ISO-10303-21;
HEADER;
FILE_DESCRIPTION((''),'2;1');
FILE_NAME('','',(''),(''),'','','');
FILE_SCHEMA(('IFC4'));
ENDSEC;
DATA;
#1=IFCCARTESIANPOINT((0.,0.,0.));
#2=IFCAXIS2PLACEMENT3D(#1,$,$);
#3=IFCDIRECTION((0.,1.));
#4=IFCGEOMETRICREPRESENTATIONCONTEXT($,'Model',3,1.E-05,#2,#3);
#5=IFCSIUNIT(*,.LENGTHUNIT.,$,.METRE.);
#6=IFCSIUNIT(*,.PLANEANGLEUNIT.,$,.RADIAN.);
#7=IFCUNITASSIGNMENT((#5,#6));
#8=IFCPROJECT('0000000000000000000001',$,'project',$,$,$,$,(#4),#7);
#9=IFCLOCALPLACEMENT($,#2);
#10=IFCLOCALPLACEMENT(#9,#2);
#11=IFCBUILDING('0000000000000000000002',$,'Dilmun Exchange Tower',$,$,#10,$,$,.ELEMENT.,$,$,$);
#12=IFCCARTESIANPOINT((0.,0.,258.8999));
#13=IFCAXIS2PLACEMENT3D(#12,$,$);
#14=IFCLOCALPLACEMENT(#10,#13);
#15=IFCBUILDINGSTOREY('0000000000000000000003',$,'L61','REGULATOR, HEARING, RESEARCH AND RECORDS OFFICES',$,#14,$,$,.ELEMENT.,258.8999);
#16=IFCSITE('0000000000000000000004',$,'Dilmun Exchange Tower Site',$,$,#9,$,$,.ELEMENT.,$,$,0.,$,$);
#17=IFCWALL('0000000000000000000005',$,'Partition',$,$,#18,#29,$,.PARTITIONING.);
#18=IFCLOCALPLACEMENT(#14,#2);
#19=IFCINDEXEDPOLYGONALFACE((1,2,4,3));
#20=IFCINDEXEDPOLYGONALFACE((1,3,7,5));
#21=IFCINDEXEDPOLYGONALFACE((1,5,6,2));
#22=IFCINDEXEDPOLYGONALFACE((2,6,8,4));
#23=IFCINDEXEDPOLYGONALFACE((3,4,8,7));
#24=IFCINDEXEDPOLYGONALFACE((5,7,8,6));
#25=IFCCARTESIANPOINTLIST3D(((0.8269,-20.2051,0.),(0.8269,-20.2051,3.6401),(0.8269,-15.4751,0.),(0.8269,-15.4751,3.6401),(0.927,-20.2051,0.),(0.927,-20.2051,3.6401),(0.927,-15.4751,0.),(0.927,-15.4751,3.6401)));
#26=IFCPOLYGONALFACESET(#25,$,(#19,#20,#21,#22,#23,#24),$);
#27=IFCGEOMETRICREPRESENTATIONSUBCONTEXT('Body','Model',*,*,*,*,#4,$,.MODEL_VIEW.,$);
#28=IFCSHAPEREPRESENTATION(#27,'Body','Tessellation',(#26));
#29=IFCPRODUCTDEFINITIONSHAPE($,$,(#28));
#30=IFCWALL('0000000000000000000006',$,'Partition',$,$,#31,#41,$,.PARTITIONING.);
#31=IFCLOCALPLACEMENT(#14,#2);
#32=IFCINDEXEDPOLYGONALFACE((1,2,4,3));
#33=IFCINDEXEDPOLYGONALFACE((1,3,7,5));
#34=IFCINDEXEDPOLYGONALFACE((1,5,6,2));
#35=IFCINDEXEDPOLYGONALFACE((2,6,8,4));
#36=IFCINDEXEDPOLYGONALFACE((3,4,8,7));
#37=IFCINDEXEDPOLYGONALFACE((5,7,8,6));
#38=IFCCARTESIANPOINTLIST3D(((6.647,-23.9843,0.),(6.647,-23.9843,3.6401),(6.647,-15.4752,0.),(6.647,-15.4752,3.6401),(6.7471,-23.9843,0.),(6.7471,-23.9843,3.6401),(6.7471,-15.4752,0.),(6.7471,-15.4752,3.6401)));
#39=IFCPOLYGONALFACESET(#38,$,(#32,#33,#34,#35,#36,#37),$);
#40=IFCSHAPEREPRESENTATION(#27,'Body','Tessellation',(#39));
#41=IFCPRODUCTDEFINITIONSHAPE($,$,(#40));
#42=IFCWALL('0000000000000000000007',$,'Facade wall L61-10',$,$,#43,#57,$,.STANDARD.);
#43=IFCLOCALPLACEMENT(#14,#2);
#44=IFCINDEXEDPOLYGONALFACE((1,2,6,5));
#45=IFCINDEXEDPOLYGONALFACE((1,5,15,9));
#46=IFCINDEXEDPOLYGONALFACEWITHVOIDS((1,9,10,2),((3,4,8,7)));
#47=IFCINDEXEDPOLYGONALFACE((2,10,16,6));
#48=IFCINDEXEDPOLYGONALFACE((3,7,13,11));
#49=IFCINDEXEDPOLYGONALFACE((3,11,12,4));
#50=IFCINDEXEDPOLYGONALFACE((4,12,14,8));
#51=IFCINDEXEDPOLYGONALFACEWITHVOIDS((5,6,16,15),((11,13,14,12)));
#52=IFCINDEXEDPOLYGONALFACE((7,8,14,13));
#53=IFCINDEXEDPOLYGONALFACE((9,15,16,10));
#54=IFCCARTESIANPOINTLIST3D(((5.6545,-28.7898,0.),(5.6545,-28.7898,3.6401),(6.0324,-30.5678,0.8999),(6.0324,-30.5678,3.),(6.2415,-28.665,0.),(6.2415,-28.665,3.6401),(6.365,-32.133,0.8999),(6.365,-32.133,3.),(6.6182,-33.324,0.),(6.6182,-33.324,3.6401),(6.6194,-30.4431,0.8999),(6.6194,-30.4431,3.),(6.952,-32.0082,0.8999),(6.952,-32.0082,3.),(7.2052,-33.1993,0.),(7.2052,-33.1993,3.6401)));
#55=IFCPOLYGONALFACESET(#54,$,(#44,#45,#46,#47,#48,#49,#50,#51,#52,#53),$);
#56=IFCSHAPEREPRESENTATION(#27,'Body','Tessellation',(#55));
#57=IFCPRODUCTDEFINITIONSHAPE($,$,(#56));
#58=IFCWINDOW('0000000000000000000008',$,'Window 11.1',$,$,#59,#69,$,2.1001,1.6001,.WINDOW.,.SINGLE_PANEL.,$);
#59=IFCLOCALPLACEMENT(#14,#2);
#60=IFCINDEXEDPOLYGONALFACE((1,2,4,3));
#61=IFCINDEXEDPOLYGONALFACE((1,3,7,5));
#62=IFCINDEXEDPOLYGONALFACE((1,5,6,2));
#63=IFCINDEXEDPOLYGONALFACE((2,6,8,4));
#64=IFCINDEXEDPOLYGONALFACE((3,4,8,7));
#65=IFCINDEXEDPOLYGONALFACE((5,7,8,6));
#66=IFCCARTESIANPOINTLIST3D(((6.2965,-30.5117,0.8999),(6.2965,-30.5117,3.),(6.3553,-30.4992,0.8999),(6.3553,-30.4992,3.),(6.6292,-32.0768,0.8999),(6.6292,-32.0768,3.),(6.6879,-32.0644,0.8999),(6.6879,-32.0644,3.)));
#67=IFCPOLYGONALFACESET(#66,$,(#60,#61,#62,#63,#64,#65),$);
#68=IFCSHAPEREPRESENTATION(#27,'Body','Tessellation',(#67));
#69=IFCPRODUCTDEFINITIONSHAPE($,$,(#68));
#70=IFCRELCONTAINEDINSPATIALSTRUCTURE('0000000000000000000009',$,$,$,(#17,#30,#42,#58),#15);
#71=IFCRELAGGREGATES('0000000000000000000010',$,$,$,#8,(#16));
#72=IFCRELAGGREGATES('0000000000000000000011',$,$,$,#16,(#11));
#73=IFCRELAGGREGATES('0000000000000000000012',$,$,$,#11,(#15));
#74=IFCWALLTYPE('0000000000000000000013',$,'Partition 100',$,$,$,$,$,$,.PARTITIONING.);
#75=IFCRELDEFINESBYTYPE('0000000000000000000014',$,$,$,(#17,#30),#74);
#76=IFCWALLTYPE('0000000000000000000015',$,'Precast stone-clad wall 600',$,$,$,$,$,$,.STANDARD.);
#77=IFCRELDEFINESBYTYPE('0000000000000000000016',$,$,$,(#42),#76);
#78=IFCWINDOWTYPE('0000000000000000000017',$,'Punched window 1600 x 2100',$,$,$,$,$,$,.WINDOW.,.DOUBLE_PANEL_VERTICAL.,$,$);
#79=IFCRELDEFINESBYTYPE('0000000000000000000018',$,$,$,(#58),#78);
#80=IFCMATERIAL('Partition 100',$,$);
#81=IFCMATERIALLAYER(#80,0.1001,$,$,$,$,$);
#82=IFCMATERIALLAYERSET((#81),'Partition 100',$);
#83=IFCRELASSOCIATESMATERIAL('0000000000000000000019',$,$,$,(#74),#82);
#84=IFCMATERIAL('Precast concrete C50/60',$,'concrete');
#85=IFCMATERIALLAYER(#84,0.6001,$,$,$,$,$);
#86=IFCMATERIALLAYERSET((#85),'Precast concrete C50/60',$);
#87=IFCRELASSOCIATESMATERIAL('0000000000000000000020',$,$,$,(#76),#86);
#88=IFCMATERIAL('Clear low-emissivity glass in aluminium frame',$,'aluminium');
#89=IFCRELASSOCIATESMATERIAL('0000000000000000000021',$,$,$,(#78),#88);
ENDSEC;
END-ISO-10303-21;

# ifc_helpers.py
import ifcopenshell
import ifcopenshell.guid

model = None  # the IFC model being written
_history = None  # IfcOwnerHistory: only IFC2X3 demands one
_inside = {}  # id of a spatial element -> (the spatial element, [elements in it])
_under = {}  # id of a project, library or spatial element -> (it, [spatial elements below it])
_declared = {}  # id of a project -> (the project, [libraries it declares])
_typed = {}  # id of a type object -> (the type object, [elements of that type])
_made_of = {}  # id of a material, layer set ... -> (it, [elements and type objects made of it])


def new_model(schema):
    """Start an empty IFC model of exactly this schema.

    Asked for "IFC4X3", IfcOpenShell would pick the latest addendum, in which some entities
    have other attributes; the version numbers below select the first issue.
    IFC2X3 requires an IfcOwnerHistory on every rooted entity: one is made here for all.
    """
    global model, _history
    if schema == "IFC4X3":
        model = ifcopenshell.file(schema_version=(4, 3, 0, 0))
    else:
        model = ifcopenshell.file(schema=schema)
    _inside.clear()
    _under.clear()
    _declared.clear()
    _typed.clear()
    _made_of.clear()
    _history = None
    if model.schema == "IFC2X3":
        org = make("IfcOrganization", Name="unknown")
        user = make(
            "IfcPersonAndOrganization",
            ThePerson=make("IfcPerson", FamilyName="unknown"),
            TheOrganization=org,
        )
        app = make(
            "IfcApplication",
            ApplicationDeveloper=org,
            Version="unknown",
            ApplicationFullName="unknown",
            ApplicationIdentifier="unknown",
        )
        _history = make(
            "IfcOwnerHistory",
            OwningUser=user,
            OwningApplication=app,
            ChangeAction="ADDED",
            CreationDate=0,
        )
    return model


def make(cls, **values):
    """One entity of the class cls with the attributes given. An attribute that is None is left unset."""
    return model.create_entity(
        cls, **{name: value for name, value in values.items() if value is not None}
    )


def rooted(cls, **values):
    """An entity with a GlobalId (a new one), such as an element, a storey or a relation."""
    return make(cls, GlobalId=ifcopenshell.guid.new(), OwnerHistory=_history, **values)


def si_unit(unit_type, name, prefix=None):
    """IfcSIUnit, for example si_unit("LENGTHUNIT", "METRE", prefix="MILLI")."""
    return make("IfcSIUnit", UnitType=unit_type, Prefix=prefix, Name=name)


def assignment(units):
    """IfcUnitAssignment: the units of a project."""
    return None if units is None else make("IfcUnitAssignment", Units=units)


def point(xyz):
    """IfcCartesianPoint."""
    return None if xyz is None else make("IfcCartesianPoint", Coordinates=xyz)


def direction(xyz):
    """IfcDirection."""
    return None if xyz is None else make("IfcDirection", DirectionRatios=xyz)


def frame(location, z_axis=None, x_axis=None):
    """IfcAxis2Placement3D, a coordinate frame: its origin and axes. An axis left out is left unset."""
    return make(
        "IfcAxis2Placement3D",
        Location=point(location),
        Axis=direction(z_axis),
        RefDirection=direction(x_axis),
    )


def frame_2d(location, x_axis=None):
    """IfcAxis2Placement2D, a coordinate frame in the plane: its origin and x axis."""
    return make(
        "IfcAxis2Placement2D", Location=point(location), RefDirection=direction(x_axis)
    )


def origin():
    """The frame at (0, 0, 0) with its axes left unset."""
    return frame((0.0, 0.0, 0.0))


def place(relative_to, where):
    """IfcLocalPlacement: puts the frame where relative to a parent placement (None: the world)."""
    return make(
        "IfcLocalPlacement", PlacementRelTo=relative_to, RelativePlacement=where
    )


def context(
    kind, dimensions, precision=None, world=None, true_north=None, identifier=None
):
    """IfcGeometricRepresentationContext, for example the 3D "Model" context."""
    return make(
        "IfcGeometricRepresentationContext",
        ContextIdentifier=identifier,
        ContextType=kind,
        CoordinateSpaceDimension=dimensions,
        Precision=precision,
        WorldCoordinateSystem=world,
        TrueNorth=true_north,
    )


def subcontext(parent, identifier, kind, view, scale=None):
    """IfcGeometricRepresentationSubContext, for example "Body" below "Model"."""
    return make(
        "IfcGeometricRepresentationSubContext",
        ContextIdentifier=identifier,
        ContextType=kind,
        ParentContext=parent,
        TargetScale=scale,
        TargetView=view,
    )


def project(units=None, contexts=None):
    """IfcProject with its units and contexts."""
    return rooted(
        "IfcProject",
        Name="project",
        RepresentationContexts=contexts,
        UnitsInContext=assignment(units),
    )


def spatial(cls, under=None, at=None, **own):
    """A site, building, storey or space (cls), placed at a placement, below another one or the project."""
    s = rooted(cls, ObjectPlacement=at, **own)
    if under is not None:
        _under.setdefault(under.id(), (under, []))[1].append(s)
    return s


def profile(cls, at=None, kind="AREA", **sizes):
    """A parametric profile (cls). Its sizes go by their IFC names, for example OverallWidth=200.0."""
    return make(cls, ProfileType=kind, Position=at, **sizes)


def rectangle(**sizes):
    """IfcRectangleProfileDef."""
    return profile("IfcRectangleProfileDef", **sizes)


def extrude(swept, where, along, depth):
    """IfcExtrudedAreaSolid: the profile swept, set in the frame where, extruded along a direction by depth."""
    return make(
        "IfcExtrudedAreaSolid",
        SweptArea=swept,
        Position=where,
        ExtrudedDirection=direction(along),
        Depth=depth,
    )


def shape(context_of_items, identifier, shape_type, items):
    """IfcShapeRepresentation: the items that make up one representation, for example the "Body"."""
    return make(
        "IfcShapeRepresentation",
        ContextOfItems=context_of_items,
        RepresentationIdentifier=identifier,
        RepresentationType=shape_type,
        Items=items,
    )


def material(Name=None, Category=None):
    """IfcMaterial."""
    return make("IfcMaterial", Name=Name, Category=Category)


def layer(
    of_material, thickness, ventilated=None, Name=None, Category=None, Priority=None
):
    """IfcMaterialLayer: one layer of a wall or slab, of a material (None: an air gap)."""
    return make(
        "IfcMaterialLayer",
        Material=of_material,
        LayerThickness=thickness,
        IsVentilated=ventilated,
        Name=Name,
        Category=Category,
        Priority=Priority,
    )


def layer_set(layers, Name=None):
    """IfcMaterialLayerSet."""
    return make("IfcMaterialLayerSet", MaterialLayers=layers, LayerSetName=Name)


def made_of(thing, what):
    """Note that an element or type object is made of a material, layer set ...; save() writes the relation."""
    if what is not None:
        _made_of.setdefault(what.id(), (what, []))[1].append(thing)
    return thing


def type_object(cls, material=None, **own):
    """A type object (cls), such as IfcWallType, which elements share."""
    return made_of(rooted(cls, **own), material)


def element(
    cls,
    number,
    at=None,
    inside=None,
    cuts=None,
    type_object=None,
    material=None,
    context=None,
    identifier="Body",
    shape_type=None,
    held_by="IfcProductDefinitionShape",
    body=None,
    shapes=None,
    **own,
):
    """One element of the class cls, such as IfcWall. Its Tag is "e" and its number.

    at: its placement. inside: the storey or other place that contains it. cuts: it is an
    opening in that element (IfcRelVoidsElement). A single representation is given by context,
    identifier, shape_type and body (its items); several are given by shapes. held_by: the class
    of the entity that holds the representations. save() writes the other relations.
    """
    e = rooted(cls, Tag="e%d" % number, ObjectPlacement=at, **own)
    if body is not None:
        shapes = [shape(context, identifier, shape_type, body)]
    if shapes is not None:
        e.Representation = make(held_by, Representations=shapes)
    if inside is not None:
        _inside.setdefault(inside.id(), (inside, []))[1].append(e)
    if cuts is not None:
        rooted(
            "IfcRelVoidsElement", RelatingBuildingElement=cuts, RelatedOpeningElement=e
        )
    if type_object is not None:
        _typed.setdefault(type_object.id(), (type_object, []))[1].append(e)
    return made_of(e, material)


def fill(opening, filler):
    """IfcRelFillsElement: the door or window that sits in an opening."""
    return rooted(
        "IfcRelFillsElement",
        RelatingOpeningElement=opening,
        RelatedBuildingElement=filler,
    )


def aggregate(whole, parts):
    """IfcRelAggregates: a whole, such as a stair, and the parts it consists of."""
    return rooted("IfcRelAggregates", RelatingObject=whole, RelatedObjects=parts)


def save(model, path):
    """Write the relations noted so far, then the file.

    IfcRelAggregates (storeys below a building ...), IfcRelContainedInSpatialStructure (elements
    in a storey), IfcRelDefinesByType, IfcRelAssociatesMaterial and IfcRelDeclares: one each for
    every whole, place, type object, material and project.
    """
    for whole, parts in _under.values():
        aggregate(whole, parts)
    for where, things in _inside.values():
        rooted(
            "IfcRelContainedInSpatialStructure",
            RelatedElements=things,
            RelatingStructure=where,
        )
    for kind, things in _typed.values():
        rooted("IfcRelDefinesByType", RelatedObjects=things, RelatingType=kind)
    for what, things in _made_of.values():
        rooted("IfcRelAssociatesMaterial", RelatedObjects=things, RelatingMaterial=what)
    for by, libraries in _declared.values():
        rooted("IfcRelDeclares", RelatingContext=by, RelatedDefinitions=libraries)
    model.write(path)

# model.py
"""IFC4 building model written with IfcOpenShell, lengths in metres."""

from ifc_helpers import new_model, si_unit, direction, frame, frame_2d, origin, place, context, subcontext, project, spatial, rectangle, extrude, material, layer, layer_set, type_object, element, fill, save


model = new_model("IFC4")

# Units and contexts
model_context = context("Model", 3, precision=1e-05, world=origin(), true_north=direction((0.0, 1.0)))
body_context = subcontext(model_context, "Body", "Model", "MODEL_VIEW")
ifc_project = project(units=[si_unit("LENGTHUNIT", "METRE"), si_unit("PLANEANGLEUNIT", "RADIAN")], contexts=[model_context])

# Site, building, storey
site_placement = place(None, origin())
site = spatial("IfcSite", under=ifc_project, at=site_placement, Name="Dilmun Exchange Tower Site", CompositionType="ELEMENT", RefElevation=0.0)
building_placement = place(site_placement, origin())
building = spatial("IfcBuilding", under=site, at=building_placement, Name="Dilmun Exchange Tower", CompositionType="ELEMENT")
storey_placement = place(building_placement, frame((0.0, 0.0, 258.8999)))
storey = spatial("IfcBuildingStorey", under=building, at=storey_placement, Name="L61", Description="REGULATOR, HEARING, RESEARCH AND RECORDS OFFICES", CompositionType="ELEMENT", Elevation=258.8999)

# Walls
ifc_material_1 = material(Name="Partition 100")
ifc_layer_1 = layer(ifc_material_1, 0.1001)
ifc_layer_set_1 = layer_set([ifc_layer_1], Name="Partition 100")
wall_type_1 = type_object("IfcWallType", Name="Partition 100", PredefinedType="PARTITIONING", material=ifc_layer_set_1)
wall_1_placement = place(storey_placement, frame((0.877, -20.2051, 0.0), z_axis=(0.0, 0.0, 1.0), x_axis=(0.0, 1.0, 0.0)))
element("IfcWall", 1, at=wall_1_placement, inside=storey, type_object=wall_type_1, Name="Partition", PredefinedType="PARTITIONING", context=body_context, shape_type="SweptSolid", body=[
    extrude(rectangle(XDim=4.73, YDim=0.1001, at=frame_2d((2.365, 0.0))), origin(), (0.0, 0.0, 1.0), 3.6401),
])
wall_2_placement = place(storey_placement, frame((6.697, -23.9841, 0.0), z_axis=(0.0, 0.0, 1.0), x_axis=(0.0, 1.0, 0.0)))
element("IfcWall", 2, at=wall_2_placement, inside=storey, type_object=wall_type_1, Name="Partition", PredefinedType="PARTITIONING", context=body_context, shape_type="SweptSolid", body=[
    extrude(rectangle(XDim=8.509, YDim=0.1001, at=frame_2d((4.2544, 0.0))), origin(), (0.0, 0.0, 1.0), 3.6401),
])

# Wall, opening, window
ifc_material_2 = material(Name="Precast concrete C50/60", Category="concrete")
ifc_layer_2 = layer(ifc_material_2, 0.6001)
ifc_layer_set_2 = layer_set([ifc_layer_2], Name="Precast concrete C50/60")
wall_type_2 = type_object("IfcWallType", Name="Precast stone-clad wall 600", PredefinedType="STANDARD", material=ifc_layer_set_2)
wall_3_placement = place(storey_placement, frame((5.948, -28.7273, 0.0), z_axis=(0.0, 0.0, 1.0), x_axis=(0.207881, -0.978154, 0.0)))
wall_3 = element("IfcWall", 3, at=wall_3_placement, inside=storey, type_object=wall_type_2, Name="Facade wall L61-10", PredefinedType="STANDARD", context=body_context, shape_type="SweptSolid", body=[
    extrude(rectangle(XDim=4.6355, YDim=0.6001, at=frame_2d((2.3179, 0.0))), origin(), (0.0, 0.0, 1.0), 3.6401),
])
opening_1_placement = place(wall_3_placement, frame((1.8179, 0.0, 0.8999)))
opening_1 = element("IfcOpeningElement", 4, at=opening_1_placement, cuts=wall_3, PredefinedType="OPENING", context=body_context, shape_type="SweptSolid", body=[
    extrude(rectangle(XDim=1.6001, YDim=2.1001, at=frame_2d((0.8, 1.05))), frame((0.0, 0.3101, 0.0), z_axis=(0.0, -1.0, 0.0), x_axis=(1.0, 0.0, 0.0)), (0.0, 0.0, 1.0), 0.6201),
])
ifc_material_3 = material(Name="Clear low-emissivity glass in aluminium frame", Category="aluminium")
window_type_1 = type_object("IfcWindowType", Name="Punched window 1600 x 2100", PartitioningType="DOUBLE_PANEL_VERTICAL", PredefinedType="WINDOW", material=ifc_material_3)
window_1_placement = place(opening_1_placement, origin())
window_1 = element("IfcWindow", 5, at=window_1_placement, inside=storey, type_object=window_type_1, Name="Window 11.1", OverallHeight=2.1001, OverallWidth=1.6001, PartitioningType="SINGLE_PANEL", PredefinedType="WINDOW", context=body_context, shape_type="SweptSolid", body=[
    extrude(rectangle(XDim=1.6001, YDim=2.1001, at=frame_2d((0.8, 1.05))), frame((0.0, 0.03, 0.0), z_axis=(0.0, -1.0, 0.0), x_axis=(1.0, 0.0, 0.0)), (0.0, 0.0, 1.0), 0.0601),
])
fill(opening_1, window_1)

save(model, "model.ifc")
